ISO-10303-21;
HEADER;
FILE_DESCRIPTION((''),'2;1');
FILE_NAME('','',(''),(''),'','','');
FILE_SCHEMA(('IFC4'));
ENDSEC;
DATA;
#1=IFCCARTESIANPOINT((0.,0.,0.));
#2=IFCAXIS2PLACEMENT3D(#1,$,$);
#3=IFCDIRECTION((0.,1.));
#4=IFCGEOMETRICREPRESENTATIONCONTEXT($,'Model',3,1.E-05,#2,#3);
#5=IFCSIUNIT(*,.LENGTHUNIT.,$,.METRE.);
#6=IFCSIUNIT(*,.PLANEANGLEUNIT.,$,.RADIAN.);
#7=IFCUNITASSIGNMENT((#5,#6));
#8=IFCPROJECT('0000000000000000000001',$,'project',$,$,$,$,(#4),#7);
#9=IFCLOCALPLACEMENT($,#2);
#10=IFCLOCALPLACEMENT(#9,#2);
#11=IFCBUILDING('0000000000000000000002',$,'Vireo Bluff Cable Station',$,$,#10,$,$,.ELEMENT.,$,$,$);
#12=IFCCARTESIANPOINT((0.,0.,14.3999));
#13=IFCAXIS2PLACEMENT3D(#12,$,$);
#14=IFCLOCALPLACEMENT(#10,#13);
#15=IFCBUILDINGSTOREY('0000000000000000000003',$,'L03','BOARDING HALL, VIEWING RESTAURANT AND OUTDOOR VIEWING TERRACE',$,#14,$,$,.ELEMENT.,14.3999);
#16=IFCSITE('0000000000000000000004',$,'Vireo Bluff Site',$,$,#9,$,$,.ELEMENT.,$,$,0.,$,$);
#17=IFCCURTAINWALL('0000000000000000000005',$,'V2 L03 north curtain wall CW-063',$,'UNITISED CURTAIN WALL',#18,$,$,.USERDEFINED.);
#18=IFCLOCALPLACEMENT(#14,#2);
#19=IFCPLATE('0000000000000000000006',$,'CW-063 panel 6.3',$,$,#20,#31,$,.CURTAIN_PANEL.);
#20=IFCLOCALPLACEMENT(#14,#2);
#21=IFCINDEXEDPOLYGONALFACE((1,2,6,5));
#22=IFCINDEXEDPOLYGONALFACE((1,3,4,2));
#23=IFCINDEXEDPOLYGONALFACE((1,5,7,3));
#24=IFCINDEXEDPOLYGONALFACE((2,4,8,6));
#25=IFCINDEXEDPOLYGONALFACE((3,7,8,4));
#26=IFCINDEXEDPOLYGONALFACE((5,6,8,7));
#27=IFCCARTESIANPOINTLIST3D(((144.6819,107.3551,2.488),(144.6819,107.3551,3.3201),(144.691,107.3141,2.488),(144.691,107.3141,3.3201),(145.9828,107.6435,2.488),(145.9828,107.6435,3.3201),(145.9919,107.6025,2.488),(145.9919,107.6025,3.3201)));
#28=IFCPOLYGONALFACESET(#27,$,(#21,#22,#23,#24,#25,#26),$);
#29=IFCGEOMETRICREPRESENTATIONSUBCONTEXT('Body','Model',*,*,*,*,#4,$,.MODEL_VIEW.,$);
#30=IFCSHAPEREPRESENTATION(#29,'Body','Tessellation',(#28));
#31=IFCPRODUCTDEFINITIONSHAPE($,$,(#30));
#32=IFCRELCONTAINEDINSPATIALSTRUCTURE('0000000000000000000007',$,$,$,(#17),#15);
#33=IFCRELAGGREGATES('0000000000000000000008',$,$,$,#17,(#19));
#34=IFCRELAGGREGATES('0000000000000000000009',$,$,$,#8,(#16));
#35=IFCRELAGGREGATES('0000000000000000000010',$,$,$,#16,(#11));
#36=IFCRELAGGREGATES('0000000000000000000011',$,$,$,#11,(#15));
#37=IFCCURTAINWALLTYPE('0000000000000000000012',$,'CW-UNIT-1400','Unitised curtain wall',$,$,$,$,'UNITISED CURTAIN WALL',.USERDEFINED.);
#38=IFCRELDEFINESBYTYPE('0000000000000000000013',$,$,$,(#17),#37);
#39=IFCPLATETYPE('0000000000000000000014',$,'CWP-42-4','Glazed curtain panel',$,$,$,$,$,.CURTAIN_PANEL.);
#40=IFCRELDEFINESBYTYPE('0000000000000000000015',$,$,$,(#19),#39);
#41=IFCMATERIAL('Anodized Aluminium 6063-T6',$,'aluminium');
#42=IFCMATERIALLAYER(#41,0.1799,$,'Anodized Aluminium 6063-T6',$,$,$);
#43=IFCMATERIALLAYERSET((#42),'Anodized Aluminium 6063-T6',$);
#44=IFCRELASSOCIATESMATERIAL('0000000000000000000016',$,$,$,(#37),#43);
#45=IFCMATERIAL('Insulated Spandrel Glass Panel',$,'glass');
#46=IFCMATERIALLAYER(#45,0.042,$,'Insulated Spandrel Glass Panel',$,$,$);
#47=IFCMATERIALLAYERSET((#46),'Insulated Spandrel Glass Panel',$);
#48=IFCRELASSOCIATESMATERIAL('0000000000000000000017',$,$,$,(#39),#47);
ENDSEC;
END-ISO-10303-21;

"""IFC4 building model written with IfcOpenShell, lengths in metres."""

from ifc_helpers import new_model, si_unit, direction, frame, origin, origin_2d, place, context, subcontext, project, spatial, rectangle, extrude, material, layer, layer_set, type_object, element, aggregate, save


model = new_model("IFC4")

# Units and contexts
model_context = context("Model", 3, precision=1e-05, world=origin(), true_north=direction((0.0, 1.0)))
body_context = subcontext(model_context, "Body", "Model", "MODEL_VIEW")
ifc_project = project(units=[si_unit("LENGTHUNIT", "METRE"), si_unit("PLANEANGLEUNIT", "RADIAN")], contexts=[model_context])

# Site, building, storey
site_placement = place(None, origin())
site = spatial("IfcSite", under=ifc_project, at=site_placement, Name="Vireo Bluff Site", CompositionType="ELEMENT", RefElevation=0.0)
building_placement = place(site_placement, origin())
building = spatial("IfcBuilding", under=site, at=building_placement, Name="Vireo Bluff Cable Station", CompositionType="ELEMENT")
storey_placement = place(building_placement, frame((0.0, 0.0, 14.3999)))
storey = spatial("IfcBuildingStorey", under=building, at=storey_placement, Name="L03", Description="BOARDING HALL, VIEWING RESTAURANT AND OUTDOOR VIEWING TERRACE", CompositionType="ELEMENT", Elevation=14.3999)

# Shared definitions
ifc_material_1 = material(Name="Anodized Aluminium 6063-T6", Category="aluminium")

# Curtain wall
ifc_layer_1 = layer(ifc_material_1, 0.1799, Name="Anodized Aluminium 6063-T6")
ifc_layer_set_1 = layer_set([ifc_layer_1], Name="Anodized Aluminium 6063-T6")
curtain_wall_type_1 = type_object("IfcCurtainWallType", Name="CW-UNIT-1400", Description="Unitised curtain wall", ElementType="UNITISED CURTAIN WALL", PredefinedType="USERDEFINED", material=ifc_layer_set_1)
curtain_wall_1_placement = place(storey_placement, origin())
curtain_wall_1 = element("IfcCurtainWall", 1, at=curtain_wall_1_placement, inside=storey, type_object=curtain_wall_type_1, Name="V2 L03 north curtain wall CW-063", ObjectType="UNITISED CURTAIN WALL", PredefinedType="USERDEFINED")

# Plate
ifc_material_2 = material(Name="Insulated Spandrel Glass Panel", Category="glass")
ifc_layer_2 = layer(ifc_material_2, 0.042, Name="Insulated Spandrel Glass Panel")
ifc_layer_set_2 = layer_set([ifc_layer_2], Name="Insulated Spandrel Glass Panel")
plate_type = type_object("IfcPlateType", Name="CWP-42-4", Description="Glazed curtain panel", PredefinedType="CURTAIN_PANEL", material=ifc_layer_set_2)
plate_1_placement = place(storey_placement, frame((145.3369, 107.4788, 2.488), z_axis=(0.0, 0.0, 1.0), x_axis=(0.976296, 0.21644, 0.0)))
plate_1 = element("IfcPlate", 2, at=plate_1_placement, type_object=plate_type, Name="CW-063 panel 6.3", PredefinedType="CURTAIN_PANEL", context=body_context, shape_type="SweptSolid", body=[
    extrude(rectangle(XDim=1.3325, YDim=0.042, at=origin_2d()), origin(), (0.0, 0.0, 1.0), 0.832),
])
aggregate(curtain_wall_1, [plate_1])

save(model, "model.ifc")
